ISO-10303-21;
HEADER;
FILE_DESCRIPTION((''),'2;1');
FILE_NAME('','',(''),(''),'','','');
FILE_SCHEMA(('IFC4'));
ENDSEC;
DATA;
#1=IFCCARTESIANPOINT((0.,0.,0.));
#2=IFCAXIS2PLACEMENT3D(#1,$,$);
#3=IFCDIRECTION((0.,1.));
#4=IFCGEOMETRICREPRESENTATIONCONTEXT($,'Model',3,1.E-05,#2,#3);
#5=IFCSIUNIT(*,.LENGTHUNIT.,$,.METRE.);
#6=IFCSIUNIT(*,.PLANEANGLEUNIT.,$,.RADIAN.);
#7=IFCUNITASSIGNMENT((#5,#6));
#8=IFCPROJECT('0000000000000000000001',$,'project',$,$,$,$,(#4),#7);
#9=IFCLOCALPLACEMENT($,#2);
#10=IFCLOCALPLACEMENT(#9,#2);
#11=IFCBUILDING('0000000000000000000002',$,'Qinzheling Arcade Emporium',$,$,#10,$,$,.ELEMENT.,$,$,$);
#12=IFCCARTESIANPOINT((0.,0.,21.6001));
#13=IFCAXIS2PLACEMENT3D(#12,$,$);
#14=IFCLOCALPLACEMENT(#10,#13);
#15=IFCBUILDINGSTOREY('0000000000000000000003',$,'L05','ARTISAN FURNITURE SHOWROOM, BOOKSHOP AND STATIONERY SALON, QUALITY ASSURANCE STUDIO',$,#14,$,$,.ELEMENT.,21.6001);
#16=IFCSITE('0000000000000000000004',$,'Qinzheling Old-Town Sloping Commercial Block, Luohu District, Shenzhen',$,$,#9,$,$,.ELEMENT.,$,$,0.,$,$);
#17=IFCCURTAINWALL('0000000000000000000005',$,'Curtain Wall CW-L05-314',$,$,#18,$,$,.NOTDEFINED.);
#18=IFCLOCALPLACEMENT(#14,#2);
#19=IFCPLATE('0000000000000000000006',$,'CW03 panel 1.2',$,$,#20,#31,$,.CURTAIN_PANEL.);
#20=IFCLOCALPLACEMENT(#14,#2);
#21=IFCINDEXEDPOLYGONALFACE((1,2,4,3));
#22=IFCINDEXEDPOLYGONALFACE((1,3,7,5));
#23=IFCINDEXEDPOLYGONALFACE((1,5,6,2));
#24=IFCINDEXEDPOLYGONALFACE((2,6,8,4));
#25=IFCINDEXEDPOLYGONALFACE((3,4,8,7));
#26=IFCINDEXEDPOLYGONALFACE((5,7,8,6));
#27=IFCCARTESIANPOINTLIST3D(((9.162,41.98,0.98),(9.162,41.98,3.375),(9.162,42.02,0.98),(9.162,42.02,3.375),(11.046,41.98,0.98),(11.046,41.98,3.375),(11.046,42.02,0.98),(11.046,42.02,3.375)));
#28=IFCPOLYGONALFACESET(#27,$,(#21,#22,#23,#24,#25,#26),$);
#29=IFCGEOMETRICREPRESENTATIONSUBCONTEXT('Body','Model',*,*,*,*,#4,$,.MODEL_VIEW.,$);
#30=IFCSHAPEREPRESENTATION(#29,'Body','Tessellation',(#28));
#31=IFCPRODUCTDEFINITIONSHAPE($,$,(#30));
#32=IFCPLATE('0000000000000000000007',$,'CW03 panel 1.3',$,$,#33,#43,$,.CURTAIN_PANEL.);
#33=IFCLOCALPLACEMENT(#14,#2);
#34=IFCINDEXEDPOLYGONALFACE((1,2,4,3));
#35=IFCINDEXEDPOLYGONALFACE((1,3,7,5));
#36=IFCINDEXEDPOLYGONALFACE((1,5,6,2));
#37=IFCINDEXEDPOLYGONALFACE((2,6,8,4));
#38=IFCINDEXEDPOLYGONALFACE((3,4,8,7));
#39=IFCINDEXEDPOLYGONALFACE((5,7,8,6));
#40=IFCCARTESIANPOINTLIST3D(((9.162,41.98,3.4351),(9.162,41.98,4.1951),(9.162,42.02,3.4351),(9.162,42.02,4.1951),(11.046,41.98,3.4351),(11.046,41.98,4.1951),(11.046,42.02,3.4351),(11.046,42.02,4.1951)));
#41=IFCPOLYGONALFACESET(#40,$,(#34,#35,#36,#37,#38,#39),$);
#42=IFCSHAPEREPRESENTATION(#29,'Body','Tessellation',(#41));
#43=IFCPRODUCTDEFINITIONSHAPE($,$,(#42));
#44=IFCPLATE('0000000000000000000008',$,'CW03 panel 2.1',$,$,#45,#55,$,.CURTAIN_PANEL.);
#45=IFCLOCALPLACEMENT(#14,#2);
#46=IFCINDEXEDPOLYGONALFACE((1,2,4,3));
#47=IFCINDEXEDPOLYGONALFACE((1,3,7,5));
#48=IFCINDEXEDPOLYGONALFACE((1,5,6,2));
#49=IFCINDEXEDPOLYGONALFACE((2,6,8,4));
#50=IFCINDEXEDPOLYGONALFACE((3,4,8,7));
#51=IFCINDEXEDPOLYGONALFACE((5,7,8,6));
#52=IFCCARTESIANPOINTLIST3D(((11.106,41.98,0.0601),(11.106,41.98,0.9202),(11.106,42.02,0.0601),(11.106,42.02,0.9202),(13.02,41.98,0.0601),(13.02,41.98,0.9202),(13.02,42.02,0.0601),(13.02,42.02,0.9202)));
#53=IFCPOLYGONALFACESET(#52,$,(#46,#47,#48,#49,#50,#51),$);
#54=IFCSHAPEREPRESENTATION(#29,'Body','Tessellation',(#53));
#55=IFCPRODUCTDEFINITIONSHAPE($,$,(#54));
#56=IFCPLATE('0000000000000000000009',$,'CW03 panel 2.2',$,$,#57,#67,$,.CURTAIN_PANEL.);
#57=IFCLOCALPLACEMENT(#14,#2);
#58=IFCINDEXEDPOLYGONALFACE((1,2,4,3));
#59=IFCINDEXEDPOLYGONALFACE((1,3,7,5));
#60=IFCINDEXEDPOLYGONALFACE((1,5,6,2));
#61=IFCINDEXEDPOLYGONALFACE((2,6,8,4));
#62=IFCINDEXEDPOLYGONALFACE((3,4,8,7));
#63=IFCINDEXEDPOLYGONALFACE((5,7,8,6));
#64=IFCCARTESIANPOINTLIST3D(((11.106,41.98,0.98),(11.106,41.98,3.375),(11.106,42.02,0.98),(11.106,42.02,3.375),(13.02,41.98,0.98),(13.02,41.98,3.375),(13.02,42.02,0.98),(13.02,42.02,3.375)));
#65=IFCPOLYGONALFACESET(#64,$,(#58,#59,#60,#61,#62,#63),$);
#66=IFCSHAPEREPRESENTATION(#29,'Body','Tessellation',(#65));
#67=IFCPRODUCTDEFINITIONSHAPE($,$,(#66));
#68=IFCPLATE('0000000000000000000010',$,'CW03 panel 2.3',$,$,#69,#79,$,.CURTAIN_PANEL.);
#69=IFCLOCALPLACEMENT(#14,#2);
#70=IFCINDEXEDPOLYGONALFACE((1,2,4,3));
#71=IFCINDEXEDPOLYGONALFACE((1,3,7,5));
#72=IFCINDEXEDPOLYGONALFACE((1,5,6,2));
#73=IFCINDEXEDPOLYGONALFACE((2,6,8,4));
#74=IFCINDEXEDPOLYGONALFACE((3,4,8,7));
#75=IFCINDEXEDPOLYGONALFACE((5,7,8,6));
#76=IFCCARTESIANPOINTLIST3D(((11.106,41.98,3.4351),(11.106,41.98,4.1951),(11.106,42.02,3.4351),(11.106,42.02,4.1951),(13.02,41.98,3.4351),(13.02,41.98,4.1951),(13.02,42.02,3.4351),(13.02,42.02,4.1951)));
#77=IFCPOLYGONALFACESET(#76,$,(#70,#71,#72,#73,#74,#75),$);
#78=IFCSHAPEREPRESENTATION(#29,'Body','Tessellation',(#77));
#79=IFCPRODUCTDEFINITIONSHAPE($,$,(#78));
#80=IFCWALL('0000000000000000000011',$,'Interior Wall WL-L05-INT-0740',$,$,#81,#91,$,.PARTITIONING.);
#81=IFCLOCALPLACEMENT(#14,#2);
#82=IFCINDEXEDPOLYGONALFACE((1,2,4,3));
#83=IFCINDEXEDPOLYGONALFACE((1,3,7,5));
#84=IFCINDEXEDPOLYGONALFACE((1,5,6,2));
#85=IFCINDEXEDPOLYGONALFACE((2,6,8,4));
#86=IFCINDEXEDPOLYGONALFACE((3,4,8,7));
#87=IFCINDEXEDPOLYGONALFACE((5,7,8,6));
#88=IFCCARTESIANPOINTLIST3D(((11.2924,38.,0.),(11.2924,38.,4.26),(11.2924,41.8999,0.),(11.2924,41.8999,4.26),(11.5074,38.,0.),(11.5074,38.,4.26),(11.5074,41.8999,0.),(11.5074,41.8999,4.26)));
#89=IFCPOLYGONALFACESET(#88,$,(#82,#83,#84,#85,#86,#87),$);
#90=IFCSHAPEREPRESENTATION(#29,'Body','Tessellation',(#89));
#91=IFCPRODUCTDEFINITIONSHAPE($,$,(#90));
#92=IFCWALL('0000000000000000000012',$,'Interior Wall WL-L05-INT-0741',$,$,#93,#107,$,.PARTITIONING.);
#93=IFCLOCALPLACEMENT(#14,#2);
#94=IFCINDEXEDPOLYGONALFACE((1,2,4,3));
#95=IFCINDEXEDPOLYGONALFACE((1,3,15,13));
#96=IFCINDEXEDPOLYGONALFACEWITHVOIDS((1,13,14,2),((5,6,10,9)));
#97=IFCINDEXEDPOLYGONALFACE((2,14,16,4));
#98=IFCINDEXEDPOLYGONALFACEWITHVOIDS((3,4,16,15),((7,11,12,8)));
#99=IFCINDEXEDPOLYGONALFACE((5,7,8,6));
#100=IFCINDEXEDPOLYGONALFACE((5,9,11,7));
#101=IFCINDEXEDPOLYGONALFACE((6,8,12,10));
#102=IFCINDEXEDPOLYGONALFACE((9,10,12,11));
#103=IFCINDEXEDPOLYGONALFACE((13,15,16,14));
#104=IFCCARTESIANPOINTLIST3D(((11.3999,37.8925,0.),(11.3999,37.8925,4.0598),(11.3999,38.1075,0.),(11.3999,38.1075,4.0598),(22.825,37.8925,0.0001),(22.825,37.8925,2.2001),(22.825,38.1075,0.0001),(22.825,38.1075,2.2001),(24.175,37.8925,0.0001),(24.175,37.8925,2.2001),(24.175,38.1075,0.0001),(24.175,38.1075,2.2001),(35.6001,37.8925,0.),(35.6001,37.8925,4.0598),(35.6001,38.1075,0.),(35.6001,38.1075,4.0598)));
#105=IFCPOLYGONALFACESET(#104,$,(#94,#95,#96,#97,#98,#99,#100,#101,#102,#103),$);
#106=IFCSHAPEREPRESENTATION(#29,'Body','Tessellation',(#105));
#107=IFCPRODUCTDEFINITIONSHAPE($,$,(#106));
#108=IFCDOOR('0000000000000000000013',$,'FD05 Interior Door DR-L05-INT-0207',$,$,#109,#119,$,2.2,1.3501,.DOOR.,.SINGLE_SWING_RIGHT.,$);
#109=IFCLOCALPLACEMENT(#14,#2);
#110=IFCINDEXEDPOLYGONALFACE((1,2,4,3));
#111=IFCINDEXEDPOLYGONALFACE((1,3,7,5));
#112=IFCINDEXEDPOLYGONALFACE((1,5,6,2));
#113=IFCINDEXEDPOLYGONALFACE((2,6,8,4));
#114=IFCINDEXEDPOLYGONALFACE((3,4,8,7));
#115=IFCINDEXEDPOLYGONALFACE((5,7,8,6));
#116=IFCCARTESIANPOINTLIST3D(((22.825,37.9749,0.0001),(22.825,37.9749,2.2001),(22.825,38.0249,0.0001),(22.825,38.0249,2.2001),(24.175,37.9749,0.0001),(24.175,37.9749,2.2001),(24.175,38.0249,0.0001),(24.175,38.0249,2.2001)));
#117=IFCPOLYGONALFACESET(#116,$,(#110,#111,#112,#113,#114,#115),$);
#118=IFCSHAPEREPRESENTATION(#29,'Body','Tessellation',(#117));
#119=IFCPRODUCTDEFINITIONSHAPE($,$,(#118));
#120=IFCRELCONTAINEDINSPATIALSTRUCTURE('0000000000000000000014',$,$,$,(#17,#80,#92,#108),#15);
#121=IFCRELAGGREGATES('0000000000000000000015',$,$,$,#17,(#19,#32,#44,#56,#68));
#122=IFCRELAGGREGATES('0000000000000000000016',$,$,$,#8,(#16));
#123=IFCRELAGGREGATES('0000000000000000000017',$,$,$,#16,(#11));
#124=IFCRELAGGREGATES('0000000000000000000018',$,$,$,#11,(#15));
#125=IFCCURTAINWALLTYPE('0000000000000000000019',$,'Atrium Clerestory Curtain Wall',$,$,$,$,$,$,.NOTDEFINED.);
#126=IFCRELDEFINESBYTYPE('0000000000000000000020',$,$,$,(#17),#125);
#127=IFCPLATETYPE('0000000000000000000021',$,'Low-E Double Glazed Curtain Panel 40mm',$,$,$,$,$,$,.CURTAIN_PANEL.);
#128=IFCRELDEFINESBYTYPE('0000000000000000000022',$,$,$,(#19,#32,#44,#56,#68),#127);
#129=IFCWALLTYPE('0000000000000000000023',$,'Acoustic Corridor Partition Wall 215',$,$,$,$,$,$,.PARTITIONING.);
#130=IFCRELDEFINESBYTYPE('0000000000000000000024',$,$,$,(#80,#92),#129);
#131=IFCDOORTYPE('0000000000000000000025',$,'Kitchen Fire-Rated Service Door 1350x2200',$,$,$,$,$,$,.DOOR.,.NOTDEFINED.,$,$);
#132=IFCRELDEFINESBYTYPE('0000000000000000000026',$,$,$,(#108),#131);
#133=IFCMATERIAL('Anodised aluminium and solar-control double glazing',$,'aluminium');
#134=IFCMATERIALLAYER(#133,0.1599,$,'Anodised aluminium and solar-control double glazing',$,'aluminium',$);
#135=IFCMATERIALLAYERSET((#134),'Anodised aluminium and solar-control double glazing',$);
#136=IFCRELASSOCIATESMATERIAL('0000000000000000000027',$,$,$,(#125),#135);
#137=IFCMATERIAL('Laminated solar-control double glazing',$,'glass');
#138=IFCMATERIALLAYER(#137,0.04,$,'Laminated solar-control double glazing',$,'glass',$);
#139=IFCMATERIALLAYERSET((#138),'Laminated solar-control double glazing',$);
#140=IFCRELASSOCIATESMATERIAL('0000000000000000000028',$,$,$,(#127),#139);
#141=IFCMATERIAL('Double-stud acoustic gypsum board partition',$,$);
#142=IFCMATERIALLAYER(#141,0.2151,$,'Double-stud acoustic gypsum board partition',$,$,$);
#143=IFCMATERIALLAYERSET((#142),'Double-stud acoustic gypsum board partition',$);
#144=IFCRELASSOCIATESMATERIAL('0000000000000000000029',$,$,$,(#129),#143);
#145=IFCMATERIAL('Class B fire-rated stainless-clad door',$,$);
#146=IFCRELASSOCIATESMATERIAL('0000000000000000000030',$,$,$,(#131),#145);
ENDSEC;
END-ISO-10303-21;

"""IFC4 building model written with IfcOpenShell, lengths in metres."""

from ifc_helpers import new_model, si_unit, direction, frame, frame_2d, origin, origin_2d, place, context, subcontext, project, spatial, rectangle, extrude, material, layer, layer_set, type_object, element, fill, aggregate, save


model = new_model("IFC4")

# Units and contexts
model_context = context("Model", 3, precision=1e-05, world=origin(), true_north=direction((0.0, 1.0)))
body_context = subcontext(model_context, "Body", "Model", "MODEL_VIEW")
ifc_project = project(units=[si_unit("LENGTHUNIT", "METRE"), si_unit("PLANEANGLEUNIT", "RADIAN")], contexts=[model_context])

# Site, building, storey
site_placement = place(None, origin())
site = spatial("IfcSite", under=ifc_project, at=site_placement, Name="Qinzheling Old-Town Sloping Commercial Block, Luohu District, Shenzhen", CompositionType="ELEMENT", RefElevation=0.0)
building_placement = place(site_placement, origin())
building = spatial("IfcBuilding", under=site, at=building_placement, Name="Qinzheling Arcade Emporium", CompositionType="ELEMENT")
storey_placement = place(building_placement, frame((0.0, 0.0, 21.6001)))
storey = spatial("IfcBuildingStorey", under=building, at=storey_placement, Name="L05", Description="ARTISAN FURNITURE SHOWROOM, BOOKSHOP AND STATIONERY SALON, QUALITY ASSURANCE STUDIO", CompositionType="ELEMENT", Elevation=21.6001)

# Shared definitions
ifc_material_1 = material(Name="Anodised aluminium and solar-control double glazing", Category="aluminium")

# Curtain wall
ifc_layer_1 = layer(ifc_material_1, 0.1599, Name="Anodised aluminium and solar-control double glazing", Category="aluminium")
ifc_layer_set_1 = layer_set([ifc_layer_1], Name="Anodised aluminium and solar-control double glazing")
curtain_wall_type_1 = type_object("IfcCurtainWallType", Name="Atrium Clerestory Curtain Wall", PredefinedType="NOTDEFINED", material=ifc_layer_set_1)
curtain_wall_1_placement = place(storey_placement, origin())
curtain_wall_1 = element("IfcCurtainWall", 1, at=curtain_wall_1_placement, inside=storey, type_object=curtain_wall_type_1, Name="Curtain Wall CW-L05-314", PredefinedType="NOTDEFINED")

# Plates
ifc_material_2 = material(Name="Laminated solar-control double glazing", Category="glass")
ifc_layer_2 = layer(ifc_material_2, 0.04, Name="Laminated solar-control double glazing", Category="glass")
ifc_layer_set_2 = layer_set([ifc_layer_2], Name="Laminated solar-control double glazing")
plate_type_1 = type_object("IfcPlateType", Name="Low-E Double Glazed Curtain Panel 40mm", PredefinedType="CURTAIN_PANEL", material=ifc_layer_set_2)
plate_1_placement = place(storey_placement, frame((10.104, 42.0, 0.98), z_axis=(0.0, 0.0, 1.0), x_axis=(1.0, 0.0, 0.0)))
plate_1 = element("IfcPlate", 2, at=plate_1_placement, type_object=plate_type_1, Name="CW03 panel 1.2", PredefinedType="CURTAIN_PANEL", context=body_context, shape_type="SweptSolid", body=[
    extrude(rectangle(XDim=1.884, YDim=0.04, at=origin_2d()), origin(), (0.0, 0.0, 1.0), 2.395),
])
plate_2_placement = place(storey_placement, frame((10.104, 42.0, 3.4351), z_axis=(0.0, 0.0, 1.0), x_axis=(1.0, 0.0, 0.0)))
plate_2 = element("IfcPlate", 3, at=plate_2_placement, type_object=plate_type_1, Name="CW03 panel 1.3", PredefinedType="CURTAIN_PANEL", context=body_context, shape_type="SweptSolid", body=[
    extrude(rectangle(XDim=1.884, YDim=0.04, at=origin_2d()), origin(), (0.0, 0.0, 1.0), 0.76),
])
plate_3_placement = place(storey_placement, frame((12.063, 42.0, 0.0601), z_axis=(0.0, 0.0, 1.0), x_axis=(1.0, 0.0, 0.0)))
plate_3 = element("IfcPlate", 4, at=plate_3_placement, type_object=plate_type_1, Name="CW03 panel 2.1", PredefinedType="CURTAIN_PANEL", context=body_context, shape_type="SweptSolid", body=[
    extrude(rectangle(XDim=1.9141, YDim=0.04, at=origin_2d()), origin(), (0.0, 0.0, 1.0), 0.8601),
])
plate_4_placement = place(storey_placement, frame((12.063, 42.0, 0.98), z_axis=(0.0, 0.0, 1.0), x_axis=(1.0, 0.0, 0.0)))
plate_4 = element("IfcPlate", 5, at=plate_4_placement, type_object=plate_type_1, Name="CW03 panel 2.2", PredefinedType="CURTAIN_PANEL", context=body_context, shape_type="SweptSolid", body=[
    extrude(rectangle(XDim=1.9141, YDim=0.04, at=origin_2d()), origin(), (0.0, 0.0, 1.0), 2.395),
])
plate_5_placement = place(storey_placement, frame((12.063, 42.0, 3.4351), z_axis=(0.0, 0.0, 1.0), x_axis=(1.0, 0.0, 0.0)))
plate_5 = element("IfcPlate", 6, at=plate_5_placement, type_object=plate_type_1, Name="CW03 panel 2.3", PredefinedType="CURTAIN_PANEL", context=body_context, shape_type="SweptSolid", body=[
    extrude(rectangle(XDim=1.9141, YDim=0.04, at=origin_2d()), origin(), (0.0, 0.0, 1.0), 0.76),
])
aggregate(curtain_wall_1, [plate_1, plate_2, plate_3, plate_4, plate_5])

# Wall
ifc_material_3 = material(Name="Double-stud acoustic gypsum board partition")
ifc_layer_3 = layer(ifc_material_3, 0.2151, Name="Double-stud acoustic gypsum board partition")
ifc_layer_set_3 = layer_set([ifc_layer_3], Name="Double-stud acoustic gypsum board partition")
wall_type = type_object("IfcWallType", Name="Acoustic Corridor Partition Wall 215", PredefinedType="PARTITIONING", material=ifc_layer_set_3)
wall_1_placement = place(storey_placement, frame((11.3999, 41.8999, 0.0), z_axis=(0.0, 0.0, 1.0), x_axis=(0.0, -1.0, 0.0)))
element("IfcWall", 7, at=wall_1_placement, inside=storey, type_object=wall_type, Name="Interior Wall WL-L05-INT-0740", PredefinedType="PARTITIONING", context=body_context, shape_type="SweptSolid", body=[
    extrude(rectangle(XDim=3.8999, YDim=0.2151, at=frame_2d((1.95, 0.0))), origin(), (0.0, 0.0, 1.0), 4.26),
])

# Wall, opening, door
wall_2_placement = place(storey_placement, frame((11.3999, 38.0, 0.0), z_axis=(0.0, 0.0, 1.0), x_axis=(1.0, 0.0, 0.0)))
wall_2 = element("IfcWall", 8, at=wall_2_placement, inside=storey, type_object=wall_type, Name="Interior Wall WL-L05-INT-0741", PredefinedType="PARTITIONING", context=body_context, shape_type="SweptSolid", body=[
    extrude(rectangle(XDim=24.2002, YDim=0.2151, at=frame_2d((12.1001, 0.0))), origin(), (0.0, 0.0, 1.0), 4.0598),
])
opening_placement = place(wall_2_placement, frame((11.425, 0.0, 0.0)))
opening = element("IfcOpeningElement", 9, at=opening_placement, cuts=wall_2, PredefinedType="OPENING", context=body_context, shape_type="SweptSolid", body=[
    extrude(rectangle(XDim=1.3501, YDim=2.2, at=frame_2d((0.675, 1.1001))), frame((0.0, 0.1177, 0.0), z_axis=(0.0, -1.0, 0.0), x_axis=(1.0, 0.0, 0.0)), (0.0, 0.0, 1.0), 0.2351),
])
ifc_material_4 = material(Name="Class B fire-rated stainless-clad door")
door_type = type_object("IfcDoorType", Name="Kitchen Fire-Rated Service Door 1350x2200", OperationType="NOTDEFINED", PredefinedType="DOOR", material=ifc_material_4)
door_placement = place(opening_placement, origin())
door = element("IfcDoor", 10, at=door_placement, inside=storey, type_object=door_type, Name="FD05 Interior Door DR-L05-INT-0207", OperationType="SINGLE_SWING_RIGHT", OverallHeight=2.2, OverallWidth=1.3501, PredefinedType="DOOR", context=body_context, shape_type="SweptSolid", body=[
    extrude(rectangle(XDim=1.3501, YDim=2.2, at=frame_2d((0.675, 1.1001))), frame((0.0, 0.0249, 0.0), z_axis=(0.0, -1.0, 0.0), x_axis=(1.0, 0.0, 0.0)), (0.0, 0.0, 1.0), 0.05),
])
fill(opening, door)

save(model, "model.ifc")
